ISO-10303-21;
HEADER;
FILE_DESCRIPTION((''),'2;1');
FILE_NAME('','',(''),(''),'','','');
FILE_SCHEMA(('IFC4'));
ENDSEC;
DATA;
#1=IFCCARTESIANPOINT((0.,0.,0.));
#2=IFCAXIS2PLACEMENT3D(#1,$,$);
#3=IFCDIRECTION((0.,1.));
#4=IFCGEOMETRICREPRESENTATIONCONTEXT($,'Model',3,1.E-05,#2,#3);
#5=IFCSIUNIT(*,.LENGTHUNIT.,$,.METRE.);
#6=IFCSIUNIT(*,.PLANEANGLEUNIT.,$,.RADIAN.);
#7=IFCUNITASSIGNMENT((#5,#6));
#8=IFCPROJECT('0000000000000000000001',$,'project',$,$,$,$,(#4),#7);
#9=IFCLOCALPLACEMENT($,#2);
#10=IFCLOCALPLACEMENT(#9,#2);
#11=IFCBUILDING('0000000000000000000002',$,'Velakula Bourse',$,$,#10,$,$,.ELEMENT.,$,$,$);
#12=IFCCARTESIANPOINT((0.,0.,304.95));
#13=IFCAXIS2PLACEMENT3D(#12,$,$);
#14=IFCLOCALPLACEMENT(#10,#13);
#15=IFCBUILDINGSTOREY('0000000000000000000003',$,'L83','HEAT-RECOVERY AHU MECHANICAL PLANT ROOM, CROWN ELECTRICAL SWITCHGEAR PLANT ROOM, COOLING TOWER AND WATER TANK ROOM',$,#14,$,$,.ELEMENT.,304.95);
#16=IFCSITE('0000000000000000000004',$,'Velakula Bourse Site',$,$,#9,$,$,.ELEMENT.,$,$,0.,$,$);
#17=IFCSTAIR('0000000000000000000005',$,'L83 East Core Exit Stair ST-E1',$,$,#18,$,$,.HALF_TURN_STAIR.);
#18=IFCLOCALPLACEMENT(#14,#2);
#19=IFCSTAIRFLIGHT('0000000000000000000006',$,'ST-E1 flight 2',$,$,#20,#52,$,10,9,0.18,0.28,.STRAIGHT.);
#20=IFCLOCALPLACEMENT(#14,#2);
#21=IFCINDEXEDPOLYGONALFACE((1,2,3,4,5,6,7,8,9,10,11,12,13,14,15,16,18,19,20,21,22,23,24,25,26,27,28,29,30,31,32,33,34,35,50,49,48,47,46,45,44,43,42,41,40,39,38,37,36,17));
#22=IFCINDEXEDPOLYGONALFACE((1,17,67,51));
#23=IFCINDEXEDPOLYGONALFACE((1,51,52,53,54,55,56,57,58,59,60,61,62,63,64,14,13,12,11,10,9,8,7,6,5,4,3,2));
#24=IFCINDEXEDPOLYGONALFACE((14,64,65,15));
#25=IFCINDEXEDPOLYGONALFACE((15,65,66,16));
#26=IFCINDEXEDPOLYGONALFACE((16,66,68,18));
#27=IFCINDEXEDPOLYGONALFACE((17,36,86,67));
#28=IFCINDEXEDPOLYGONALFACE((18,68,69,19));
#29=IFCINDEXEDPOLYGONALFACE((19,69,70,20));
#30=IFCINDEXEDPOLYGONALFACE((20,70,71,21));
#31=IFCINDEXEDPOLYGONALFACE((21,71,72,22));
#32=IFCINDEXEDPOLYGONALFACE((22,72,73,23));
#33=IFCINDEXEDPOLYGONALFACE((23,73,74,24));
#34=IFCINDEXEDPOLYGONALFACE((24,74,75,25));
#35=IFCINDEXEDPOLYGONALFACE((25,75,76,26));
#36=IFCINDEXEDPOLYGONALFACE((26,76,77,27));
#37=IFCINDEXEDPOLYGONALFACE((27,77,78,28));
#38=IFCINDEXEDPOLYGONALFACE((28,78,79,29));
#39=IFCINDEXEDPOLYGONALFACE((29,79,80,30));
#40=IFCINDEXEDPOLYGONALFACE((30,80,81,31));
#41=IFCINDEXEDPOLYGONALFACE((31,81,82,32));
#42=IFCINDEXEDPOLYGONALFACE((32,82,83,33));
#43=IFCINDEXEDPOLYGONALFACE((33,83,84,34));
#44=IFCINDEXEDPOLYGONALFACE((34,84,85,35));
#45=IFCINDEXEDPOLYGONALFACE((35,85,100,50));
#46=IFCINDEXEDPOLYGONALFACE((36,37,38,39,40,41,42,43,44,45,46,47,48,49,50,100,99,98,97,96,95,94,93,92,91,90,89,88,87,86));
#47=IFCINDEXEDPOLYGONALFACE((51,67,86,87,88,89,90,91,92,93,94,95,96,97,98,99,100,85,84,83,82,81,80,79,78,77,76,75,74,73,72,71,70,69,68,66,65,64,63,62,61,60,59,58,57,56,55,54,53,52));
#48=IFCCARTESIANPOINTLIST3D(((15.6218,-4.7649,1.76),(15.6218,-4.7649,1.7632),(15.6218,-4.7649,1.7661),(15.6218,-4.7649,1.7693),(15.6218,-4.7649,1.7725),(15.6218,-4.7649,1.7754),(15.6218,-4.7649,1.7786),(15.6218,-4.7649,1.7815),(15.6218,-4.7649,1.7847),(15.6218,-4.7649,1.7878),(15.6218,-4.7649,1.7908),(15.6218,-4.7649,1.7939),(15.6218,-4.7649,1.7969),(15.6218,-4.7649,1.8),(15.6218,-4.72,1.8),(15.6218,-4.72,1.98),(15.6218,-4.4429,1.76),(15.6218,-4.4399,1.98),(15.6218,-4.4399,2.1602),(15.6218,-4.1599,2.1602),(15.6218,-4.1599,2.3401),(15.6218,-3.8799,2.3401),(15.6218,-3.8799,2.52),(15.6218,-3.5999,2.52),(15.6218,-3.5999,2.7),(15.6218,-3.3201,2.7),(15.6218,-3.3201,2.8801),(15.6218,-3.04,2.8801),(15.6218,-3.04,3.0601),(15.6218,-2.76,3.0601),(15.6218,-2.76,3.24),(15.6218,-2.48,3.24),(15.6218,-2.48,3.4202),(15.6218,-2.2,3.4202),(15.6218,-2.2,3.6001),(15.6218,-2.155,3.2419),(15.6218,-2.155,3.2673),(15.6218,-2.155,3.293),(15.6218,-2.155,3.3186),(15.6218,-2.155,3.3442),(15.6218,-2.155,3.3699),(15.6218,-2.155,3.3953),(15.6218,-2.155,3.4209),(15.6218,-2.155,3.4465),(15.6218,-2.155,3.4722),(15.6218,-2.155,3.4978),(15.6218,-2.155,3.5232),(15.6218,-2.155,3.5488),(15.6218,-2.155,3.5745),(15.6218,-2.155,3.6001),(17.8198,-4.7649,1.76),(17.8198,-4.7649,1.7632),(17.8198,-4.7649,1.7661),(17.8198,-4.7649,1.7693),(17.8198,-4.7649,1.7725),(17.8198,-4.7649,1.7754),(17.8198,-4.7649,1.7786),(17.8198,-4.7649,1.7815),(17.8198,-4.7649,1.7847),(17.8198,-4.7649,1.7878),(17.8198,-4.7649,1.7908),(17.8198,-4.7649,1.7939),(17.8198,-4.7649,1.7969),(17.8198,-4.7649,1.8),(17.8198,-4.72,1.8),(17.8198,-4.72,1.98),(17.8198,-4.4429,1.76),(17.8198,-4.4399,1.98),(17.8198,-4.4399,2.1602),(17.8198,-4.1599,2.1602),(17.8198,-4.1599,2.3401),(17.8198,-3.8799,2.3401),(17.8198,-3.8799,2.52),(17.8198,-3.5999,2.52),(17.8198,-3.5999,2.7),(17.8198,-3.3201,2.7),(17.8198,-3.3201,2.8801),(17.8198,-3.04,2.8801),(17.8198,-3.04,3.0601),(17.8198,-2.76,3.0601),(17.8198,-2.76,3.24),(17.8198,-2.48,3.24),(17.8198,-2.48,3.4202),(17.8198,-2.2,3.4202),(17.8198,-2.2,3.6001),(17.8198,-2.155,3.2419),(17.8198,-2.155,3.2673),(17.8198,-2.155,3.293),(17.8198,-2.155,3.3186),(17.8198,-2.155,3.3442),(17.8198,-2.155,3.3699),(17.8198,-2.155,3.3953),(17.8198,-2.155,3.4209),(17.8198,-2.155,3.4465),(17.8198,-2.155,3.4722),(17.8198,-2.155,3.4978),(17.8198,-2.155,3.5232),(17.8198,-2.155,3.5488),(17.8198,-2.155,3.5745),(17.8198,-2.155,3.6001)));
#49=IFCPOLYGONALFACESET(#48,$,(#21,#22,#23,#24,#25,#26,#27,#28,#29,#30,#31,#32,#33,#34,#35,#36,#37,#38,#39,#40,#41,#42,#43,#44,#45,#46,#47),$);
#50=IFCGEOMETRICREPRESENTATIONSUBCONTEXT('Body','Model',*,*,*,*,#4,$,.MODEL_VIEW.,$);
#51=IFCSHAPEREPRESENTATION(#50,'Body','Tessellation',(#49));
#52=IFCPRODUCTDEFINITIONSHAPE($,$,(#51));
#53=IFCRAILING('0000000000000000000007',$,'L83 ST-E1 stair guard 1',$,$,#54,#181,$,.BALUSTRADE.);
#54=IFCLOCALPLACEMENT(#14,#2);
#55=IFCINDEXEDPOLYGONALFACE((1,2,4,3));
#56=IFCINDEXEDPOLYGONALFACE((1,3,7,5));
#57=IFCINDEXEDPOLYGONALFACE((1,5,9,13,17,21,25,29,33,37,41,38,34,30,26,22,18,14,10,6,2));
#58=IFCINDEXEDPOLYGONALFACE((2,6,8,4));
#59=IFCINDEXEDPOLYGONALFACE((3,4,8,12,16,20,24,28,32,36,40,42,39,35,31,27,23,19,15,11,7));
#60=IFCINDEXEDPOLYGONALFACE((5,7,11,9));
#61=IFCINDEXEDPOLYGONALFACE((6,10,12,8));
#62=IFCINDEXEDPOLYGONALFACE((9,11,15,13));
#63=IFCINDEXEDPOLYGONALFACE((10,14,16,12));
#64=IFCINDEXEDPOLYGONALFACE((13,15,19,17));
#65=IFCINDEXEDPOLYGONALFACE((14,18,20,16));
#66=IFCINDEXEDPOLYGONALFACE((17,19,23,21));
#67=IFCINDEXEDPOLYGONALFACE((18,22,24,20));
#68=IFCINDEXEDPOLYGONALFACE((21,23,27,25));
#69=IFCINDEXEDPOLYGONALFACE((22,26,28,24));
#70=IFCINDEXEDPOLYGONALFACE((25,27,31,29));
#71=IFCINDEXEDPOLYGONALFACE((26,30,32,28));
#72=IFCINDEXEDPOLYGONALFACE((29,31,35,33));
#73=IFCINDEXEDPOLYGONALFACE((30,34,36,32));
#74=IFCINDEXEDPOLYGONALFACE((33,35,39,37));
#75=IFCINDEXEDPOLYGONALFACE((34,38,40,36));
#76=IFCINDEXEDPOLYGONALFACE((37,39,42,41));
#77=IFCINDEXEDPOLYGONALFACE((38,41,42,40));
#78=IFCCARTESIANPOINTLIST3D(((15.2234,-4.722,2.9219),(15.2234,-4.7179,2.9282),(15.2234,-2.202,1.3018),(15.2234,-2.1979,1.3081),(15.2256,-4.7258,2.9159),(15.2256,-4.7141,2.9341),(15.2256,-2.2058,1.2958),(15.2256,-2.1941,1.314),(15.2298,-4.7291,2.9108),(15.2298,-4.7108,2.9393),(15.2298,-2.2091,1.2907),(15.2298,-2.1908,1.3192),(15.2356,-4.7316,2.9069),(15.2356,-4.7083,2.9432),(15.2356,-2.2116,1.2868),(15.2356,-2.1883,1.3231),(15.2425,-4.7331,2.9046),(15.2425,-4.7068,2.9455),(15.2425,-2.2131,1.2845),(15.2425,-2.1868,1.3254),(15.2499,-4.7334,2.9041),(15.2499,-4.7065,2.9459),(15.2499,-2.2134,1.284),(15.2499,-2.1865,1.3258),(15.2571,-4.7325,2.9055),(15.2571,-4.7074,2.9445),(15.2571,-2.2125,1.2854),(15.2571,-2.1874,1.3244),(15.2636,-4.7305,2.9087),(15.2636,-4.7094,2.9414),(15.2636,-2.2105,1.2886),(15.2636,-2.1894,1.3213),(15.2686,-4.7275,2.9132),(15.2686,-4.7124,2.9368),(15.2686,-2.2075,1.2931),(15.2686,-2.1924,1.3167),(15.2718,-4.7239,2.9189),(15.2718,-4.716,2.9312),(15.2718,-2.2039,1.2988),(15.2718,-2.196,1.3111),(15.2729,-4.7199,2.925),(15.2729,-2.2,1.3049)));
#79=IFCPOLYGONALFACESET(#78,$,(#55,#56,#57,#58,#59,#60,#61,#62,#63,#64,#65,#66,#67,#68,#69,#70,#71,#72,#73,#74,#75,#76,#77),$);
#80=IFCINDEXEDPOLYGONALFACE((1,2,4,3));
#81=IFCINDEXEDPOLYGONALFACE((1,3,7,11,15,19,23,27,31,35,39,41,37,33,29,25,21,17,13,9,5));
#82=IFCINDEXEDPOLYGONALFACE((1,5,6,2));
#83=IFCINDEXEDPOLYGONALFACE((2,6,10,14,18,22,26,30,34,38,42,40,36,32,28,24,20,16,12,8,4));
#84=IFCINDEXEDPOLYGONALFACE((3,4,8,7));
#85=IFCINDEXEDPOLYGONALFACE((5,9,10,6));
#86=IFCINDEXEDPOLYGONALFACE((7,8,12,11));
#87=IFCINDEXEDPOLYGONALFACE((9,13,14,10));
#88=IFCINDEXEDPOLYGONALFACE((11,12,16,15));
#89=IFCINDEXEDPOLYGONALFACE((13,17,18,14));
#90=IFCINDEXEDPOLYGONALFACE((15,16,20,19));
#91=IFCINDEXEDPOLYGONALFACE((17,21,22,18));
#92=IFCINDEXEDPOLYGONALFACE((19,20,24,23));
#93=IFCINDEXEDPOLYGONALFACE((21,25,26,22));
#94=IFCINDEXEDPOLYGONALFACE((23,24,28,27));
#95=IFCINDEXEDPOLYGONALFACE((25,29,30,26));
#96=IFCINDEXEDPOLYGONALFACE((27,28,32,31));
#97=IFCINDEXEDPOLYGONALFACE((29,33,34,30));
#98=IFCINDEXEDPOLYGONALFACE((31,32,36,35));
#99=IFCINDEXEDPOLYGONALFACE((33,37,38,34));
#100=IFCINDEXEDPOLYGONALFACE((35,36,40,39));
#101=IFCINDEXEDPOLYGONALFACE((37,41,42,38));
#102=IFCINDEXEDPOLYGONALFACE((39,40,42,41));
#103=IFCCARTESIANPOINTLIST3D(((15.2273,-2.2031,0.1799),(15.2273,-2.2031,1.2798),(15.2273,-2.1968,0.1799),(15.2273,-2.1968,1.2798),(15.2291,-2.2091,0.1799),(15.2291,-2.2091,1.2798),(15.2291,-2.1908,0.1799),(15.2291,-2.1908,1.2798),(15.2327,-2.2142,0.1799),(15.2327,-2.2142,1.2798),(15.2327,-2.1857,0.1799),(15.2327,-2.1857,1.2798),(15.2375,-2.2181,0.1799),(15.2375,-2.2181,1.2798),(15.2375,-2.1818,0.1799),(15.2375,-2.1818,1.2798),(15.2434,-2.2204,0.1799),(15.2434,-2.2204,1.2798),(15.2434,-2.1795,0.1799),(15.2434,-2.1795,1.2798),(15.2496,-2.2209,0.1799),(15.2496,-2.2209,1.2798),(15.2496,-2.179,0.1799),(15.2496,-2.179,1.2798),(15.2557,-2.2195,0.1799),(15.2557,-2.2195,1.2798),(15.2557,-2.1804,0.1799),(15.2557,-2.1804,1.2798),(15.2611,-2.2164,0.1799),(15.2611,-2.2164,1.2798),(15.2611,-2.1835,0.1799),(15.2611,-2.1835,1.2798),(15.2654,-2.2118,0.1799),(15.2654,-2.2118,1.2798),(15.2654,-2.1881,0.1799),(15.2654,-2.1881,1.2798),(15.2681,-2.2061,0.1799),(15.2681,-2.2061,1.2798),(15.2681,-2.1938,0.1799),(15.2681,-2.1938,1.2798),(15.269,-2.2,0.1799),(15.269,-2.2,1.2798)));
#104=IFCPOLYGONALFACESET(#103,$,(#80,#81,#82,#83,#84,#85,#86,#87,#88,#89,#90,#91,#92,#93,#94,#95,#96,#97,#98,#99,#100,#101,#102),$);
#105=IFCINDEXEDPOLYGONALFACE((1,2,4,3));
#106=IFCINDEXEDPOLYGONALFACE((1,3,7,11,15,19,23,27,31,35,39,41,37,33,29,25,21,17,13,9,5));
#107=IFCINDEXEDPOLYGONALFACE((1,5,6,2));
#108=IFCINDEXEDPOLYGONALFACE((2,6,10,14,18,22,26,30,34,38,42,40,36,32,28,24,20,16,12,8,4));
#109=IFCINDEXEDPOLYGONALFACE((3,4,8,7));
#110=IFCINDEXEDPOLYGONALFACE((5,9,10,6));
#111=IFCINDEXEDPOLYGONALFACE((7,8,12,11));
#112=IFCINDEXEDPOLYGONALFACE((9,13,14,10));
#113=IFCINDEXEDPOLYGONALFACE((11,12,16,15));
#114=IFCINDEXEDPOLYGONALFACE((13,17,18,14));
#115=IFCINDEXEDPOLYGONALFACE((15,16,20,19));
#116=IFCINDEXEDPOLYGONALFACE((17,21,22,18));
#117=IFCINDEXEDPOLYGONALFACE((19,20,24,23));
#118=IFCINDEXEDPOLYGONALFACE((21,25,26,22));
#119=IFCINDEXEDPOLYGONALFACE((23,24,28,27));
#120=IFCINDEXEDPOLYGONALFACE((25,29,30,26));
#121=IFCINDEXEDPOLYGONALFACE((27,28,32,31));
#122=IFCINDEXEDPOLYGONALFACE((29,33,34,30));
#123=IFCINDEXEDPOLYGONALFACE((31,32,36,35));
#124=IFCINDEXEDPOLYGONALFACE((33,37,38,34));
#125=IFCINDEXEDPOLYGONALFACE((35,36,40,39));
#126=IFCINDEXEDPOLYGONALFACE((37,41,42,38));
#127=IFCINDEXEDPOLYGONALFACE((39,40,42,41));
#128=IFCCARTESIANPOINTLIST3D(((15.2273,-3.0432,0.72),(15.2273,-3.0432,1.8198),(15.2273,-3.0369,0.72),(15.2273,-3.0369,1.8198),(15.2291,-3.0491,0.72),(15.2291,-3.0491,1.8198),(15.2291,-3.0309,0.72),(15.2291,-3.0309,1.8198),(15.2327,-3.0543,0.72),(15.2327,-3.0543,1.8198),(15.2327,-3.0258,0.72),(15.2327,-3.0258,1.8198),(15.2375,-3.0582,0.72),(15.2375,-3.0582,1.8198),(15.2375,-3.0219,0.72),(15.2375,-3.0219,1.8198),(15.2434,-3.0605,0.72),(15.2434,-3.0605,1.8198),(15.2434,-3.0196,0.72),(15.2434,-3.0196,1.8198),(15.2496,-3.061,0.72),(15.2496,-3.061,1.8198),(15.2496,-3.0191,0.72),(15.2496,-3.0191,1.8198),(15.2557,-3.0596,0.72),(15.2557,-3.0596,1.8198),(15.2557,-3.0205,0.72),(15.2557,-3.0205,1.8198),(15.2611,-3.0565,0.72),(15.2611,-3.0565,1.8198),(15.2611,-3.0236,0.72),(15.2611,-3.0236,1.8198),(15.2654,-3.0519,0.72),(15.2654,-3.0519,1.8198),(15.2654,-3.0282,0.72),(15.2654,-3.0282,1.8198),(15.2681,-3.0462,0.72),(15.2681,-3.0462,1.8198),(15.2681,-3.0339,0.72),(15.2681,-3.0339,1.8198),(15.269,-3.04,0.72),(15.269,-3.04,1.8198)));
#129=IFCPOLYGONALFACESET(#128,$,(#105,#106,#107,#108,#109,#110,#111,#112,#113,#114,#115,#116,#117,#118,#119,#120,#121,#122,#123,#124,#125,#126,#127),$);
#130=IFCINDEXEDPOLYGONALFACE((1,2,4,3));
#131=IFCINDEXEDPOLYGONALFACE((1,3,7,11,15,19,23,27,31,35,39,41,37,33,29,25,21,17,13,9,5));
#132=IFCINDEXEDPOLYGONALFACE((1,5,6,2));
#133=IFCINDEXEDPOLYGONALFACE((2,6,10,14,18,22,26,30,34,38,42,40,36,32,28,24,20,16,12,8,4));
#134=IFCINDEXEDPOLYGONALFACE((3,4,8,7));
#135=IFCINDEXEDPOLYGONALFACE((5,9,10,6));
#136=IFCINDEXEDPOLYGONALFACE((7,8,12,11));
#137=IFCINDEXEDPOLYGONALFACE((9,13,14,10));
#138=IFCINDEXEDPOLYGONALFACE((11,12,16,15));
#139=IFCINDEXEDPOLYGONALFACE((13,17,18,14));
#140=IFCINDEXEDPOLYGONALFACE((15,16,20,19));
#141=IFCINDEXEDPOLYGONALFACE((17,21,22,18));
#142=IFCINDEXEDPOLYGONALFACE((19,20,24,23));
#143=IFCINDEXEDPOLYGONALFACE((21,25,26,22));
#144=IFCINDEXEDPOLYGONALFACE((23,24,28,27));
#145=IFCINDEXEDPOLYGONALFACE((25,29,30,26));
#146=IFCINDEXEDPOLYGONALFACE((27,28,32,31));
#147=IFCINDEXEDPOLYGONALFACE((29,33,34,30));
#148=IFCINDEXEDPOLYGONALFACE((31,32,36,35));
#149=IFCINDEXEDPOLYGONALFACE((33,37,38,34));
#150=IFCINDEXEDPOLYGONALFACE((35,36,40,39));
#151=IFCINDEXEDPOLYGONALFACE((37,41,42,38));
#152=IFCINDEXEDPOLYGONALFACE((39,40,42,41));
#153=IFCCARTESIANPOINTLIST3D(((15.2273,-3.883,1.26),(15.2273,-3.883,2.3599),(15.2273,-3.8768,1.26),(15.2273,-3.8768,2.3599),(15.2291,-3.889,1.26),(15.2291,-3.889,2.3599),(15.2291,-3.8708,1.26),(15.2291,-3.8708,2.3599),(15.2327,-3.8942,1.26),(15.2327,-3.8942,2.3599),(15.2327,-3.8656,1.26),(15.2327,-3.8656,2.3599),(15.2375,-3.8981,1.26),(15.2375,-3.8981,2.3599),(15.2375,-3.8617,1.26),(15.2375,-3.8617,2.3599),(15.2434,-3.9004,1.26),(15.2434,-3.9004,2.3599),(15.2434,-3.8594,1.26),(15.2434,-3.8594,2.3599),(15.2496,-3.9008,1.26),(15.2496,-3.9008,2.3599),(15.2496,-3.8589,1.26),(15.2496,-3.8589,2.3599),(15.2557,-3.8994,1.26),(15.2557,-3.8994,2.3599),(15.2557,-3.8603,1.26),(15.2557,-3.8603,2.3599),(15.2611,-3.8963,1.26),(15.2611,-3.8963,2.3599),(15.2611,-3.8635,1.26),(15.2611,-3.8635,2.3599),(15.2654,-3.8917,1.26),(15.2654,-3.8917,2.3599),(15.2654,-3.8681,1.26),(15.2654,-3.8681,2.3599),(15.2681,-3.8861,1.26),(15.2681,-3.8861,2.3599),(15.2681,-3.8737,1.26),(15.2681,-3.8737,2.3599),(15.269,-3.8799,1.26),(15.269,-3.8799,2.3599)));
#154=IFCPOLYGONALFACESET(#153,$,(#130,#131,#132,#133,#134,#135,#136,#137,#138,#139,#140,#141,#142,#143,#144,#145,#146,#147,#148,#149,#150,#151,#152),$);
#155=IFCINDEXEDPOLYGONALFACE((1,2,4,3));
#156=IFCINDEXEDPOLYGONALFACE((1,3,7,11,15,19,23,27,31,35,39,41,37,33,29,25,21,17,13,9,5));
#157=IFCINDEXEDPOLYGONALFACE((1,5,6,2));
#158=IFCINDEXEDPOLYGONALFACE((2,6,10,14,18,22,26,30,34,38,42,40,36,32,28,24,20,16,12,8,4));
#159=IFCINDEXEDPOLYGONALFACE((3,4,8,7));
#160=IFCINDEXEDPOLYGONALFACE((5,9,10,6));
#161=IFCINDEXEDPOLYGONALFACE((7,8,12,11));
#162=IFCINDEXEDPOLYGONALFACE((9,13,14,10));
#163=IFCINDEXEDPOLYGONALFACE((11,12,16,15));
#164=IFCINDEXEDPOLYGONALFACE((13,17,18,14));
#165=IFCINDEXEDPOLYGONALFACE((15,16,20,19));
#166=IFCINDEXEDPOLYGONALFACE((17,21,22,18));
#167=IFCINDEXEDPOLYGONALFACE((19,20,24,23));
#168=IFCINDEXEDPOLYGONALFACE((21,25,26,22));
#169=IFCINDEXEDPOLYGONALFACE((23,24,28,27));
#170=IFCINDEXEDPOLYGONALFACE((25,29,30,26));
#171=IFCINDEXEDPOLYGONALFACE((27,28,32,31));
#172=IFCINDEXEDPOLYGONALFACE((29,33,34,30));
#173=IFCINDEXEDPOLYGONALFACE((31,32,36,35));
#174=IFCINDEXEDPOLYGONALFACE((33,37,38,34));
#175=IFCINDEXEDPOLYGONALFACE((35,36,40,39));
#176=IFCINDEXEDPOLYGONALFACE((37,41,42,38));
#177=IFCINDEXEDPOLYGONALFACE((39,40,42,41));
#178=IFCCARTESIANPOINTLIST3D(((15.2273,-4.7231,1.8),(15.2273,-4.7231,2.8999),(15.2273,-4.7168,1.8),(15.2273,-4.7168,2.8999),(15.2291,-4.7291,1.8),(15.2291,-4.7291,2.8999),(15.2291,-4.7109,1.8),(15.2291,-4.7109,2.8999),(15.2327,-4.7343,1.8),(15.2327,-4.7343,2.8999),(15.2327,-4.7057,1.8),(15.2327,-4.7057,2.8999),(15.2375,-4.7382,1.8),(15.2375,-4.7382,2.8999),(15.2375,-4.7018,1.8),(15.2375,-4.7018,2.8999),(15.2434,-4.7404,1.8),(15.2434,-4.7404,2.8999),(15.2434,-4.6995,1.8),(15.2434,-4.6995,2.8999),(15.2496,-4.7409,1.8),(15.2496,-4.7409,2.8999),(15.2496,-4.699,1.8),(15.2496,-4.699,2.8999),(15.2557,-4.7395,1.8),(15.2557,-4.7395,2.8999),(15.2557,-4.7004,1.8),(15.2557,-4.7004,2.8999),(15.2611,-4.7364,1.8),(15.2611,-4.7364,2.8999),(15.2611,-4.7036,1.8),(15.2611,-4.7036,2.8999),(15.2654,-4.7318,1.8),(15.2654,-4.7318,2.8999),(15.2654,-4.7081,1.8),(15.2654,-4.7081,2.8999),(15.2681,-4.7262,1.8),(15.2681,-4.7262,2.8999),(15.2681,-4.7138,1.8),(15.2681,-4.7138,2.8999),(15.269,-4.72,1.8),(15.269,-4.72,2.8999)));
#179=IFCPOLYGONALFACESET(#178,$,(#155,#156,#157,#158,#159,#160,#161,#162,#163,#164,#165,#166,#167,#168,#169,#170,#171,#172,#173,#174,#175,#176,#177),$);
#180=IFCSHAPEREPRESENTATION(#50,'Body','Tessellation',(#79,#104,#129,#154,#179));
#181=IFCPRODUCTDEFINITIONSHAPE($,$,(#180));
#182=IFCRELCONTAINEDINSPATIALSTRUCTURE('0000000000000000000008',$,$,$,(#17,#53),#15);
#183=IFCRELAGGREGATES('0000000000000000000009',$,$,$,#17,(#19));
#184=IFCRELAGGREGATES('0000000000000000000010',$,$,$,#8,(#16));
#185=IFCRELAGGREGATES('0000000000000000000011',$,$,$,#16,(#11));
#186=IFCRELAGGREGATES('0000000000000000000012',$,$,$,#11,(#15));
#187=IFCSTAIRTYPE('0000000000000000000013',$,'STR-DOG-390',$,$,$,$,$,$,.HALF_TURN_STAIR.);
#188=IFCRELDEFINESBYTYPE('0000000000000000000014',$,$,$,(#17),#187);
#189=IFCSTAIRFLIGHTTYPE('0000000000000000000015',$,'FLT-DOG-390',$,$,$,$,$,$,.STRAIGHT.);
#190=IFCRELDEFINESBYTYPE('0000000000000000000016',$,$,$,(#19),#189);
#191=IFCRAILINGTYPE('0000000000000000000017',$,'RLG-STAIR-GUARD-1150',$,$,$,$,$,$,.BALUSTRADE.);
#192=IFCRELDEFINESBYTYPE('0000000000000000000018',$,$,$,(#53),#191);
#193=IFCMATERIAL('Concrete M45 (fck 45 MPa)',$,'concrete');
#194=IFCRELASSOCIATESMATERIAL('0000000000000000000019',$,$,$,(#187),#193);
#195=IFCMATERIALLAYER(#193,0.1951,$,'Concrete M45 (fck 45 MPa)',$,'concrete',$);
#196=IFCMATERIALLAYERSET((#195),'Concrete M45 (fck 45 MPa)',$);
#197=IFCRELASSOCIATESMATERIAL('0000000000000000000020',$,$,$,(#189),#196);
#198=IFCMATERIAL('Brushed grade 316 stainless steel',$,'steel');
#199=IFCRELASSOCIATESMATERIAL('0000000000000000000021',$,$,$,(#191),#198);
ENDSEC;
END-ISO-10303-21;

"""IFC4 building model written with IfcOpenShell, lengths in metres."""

from ifc_helpers import new_model, si_unit, direction, frame, origin, origin_2d, place, context, subcontext, project, spatial, polyline, circle, outline, extrude, material, layer, layer_set, type_object, element, aggregate, save


model = new_model("IFC4")

# Units and contexts
model_context = context("Model", 3, precision=1e-05, world=origin(), true_north=direction((0.0, 1.0)))
body_context = subcontext(model_context, "Body", "Model", "MODEL_VIEW")
ifc_project = project(units=[si_unit("LENGTHUNIT", "METRE"), si_unit("PLANEANGLEUNIT", "RADIAN")], contexts=[model_context])

# Site, building, storey
site_placement = place(None, origin())
site = spatial("IfcSite", under=ifc_project, at=site_placement, Name="Velakula Bourse Site", CompositionType="ELEMENT", RefElevation=0.0)
building_placement = place(site_placement, origin())
building = spatial("IfcBuilding", under=site, at=building_placement, Name="Velakula Bourse", CompositionType="ELEMENT")
storey_placement = place(building_placement, frame((0.0, 0.0, 304.95)))
storey = spatial("IfcBuildingStorey", under=building, at=storey_placement, Name="L83", Description="HEAT-RECOVERY AHU MECHANICAL PLANT ROOM, CROWN ELECTRICAL SWITCHGEAR PLANT ROOM, COOLING TOWER AND WATER TANK ROOM", CompositionType="ELEMENT", Elevation=304.95)

# Shared definitions
ifc_material_1 = material(Name="Brushed grade 316 stainless steel", Category="steel")

# Stair, stair flight
ifc_material_2 = material(Name="Concrete M45 (fck 45 MPa)", Category="concrete")
stair_type = type_object("IfcStairType", Name="STR-DOG-390", PredefinedType="HALF_TURN_STAIR", material=ifc_material_2)
stair_placement = place(storey_placement, origin())
stair = element("IfcStair", 1, at=stair_placement, inside=storey, type_object=stair_type, Name="L83 East Core Exit Stair ST-E1", PredefinedType="HALF_TURN_STAIR")
ifc_layer_1 = layer(ifc_material_2, 0.1951, Name="Concrete M45 (fck 45 MPa)", Category="concrete")
ifc_layer_set_1 = layer_set([ifc_layer_1], Name="Concrete M45 (fck 45 MPa)")
stair_flight_type = type_object("IfcStairFlightType", Name="FLT-DOG-390", PredefinedType="STRAIGHT", material=ifc_layer_set_1)
stair_flight_1_placement = place(storey_placement, frame((16.7209, -4.72, 1.8), z_axis=(0.0, 0.0, 1.0), x_axis=(0.0, 1.0, 0.0)))
stair_flight_1 = element("IfcStairFlight", 2, at=stair_flight_1_placement, type_object=stair_flight_type, Name="ST-E1 flight 2", NumberOfRisers=10, NumberOfTreads=9, PredefinedType="STRAIGHT", RiserHeight=0.18, TreadLength=0.28, context=body_context, shape_type="SweptSolid", body=[
    extrude(outline(polyline([(-0.0449, -0.04), (-0.0449, -0.0369), (-0.0449, -0.0339), (-0.0449, -0.0308), (-0.0449, -0.0276), (-0.0449, -0.0247), (-0.0449, -0.0215), (-0.0449, -0.0186), (-0.0449, -0.0154), (-0.0449, -0.0122), (-0.0449, -0.0093), (-0.0449, -0.0061), (-0.0449, -0.0032), (-0.0449, 0.0), (0.0, 0.0), (0.0, 0.1799), (0.28, 0.1799), (0.28, 0.3601), (0.5601, 0.3601), (0.5601, 0.54), (0.8401, 0.54), (0.8401, 0.72), (1.1201, 0.72), (1.1201, 0.8999), (1.3999, 0.8999), (1.3999, 1.0801), (1.6799, 1.0801), (1.6799, 1.26), (1.96, 1.26), (1.96, 1.4399), (2.24, 1.4399), (2.24, 1.6201), (2.52, 1.6201), (2.52, 1.8), (2.5649, 1.8), (2.5649, 1.7744), (2.5649, 1.7488), (2.5649, 1.7231), (2.5649, 1.6978), (2.5649, 1.6721), (2.5649, 1.6465), (2.5649, 1.6208), (2.5649, 1.5952), (2.5649, 1.5698), (2.5649, 1.5442), (2.5649, 1.5186), (2.5649, 1.4929), (2.5649, 1.4673), (2.5649, 1.4419), (0.2771, -0.04), (-0.0449, -0.04)])), frame((0.0, 1.0991, 0.0), z_axis=(0.0, -1.0, 0.0), x_axis=(1.0, 0.0, 0.0)), (0.0, 0.0, 1.0), 2.198),
])
aggregate(stair, [stair_flight_1])

# Railing
railing_type_1 = type_object("IfcRailingType", Name="RLG-STAIR-GUARD-1150", PredefinedType="BALUSTRADE", material=ifc_material_1)
railing_1_placement = place(storey_placement, frame((15.248, -2.2, 0.1799)))
element("IfcRailing", 3, at=railing_1_placement, inside=storey, type_object=railing_type_1, Name="L83 ST-E1 stair guard 1", PredefinedType="BALUSTRADE", context=body_context, shape_type="SweptSolid", body=[
    extrude(circle(Radius=0.0249, at=origin_2d()), frame((0.0, 0.0, 1.125), z_axis=(0.0, -0.841163, 0.540782), x_axis=(1.0, 0.0, 0.0)), (0.0, 0.0, 1.0), 2.9958),
    extrude(circle(Radius=0.021, at=origin_2d()), origin(), (0.0, 0.0, 1.0), 1.0999),
    extrude(circle(Radius=0.021, at=origin_2d()), frame((0.0, -0.8401, 0.54)), (0.0, 0.0, 1.0), 1.0999),
    extrude(circle(Radius=0.021, at=origin_2d()), frame((0.0, -1.6799, 1.0801)), (0.0, 0.0, 1.0), 1.0999),
    extrude(circle(Radius=0.021, at=origin_2d()), frame((0.0, -2.52, 1.6201)), (0.0, 0.0, 1.0), 1.0999),
])

save(model, "model.ifc")
